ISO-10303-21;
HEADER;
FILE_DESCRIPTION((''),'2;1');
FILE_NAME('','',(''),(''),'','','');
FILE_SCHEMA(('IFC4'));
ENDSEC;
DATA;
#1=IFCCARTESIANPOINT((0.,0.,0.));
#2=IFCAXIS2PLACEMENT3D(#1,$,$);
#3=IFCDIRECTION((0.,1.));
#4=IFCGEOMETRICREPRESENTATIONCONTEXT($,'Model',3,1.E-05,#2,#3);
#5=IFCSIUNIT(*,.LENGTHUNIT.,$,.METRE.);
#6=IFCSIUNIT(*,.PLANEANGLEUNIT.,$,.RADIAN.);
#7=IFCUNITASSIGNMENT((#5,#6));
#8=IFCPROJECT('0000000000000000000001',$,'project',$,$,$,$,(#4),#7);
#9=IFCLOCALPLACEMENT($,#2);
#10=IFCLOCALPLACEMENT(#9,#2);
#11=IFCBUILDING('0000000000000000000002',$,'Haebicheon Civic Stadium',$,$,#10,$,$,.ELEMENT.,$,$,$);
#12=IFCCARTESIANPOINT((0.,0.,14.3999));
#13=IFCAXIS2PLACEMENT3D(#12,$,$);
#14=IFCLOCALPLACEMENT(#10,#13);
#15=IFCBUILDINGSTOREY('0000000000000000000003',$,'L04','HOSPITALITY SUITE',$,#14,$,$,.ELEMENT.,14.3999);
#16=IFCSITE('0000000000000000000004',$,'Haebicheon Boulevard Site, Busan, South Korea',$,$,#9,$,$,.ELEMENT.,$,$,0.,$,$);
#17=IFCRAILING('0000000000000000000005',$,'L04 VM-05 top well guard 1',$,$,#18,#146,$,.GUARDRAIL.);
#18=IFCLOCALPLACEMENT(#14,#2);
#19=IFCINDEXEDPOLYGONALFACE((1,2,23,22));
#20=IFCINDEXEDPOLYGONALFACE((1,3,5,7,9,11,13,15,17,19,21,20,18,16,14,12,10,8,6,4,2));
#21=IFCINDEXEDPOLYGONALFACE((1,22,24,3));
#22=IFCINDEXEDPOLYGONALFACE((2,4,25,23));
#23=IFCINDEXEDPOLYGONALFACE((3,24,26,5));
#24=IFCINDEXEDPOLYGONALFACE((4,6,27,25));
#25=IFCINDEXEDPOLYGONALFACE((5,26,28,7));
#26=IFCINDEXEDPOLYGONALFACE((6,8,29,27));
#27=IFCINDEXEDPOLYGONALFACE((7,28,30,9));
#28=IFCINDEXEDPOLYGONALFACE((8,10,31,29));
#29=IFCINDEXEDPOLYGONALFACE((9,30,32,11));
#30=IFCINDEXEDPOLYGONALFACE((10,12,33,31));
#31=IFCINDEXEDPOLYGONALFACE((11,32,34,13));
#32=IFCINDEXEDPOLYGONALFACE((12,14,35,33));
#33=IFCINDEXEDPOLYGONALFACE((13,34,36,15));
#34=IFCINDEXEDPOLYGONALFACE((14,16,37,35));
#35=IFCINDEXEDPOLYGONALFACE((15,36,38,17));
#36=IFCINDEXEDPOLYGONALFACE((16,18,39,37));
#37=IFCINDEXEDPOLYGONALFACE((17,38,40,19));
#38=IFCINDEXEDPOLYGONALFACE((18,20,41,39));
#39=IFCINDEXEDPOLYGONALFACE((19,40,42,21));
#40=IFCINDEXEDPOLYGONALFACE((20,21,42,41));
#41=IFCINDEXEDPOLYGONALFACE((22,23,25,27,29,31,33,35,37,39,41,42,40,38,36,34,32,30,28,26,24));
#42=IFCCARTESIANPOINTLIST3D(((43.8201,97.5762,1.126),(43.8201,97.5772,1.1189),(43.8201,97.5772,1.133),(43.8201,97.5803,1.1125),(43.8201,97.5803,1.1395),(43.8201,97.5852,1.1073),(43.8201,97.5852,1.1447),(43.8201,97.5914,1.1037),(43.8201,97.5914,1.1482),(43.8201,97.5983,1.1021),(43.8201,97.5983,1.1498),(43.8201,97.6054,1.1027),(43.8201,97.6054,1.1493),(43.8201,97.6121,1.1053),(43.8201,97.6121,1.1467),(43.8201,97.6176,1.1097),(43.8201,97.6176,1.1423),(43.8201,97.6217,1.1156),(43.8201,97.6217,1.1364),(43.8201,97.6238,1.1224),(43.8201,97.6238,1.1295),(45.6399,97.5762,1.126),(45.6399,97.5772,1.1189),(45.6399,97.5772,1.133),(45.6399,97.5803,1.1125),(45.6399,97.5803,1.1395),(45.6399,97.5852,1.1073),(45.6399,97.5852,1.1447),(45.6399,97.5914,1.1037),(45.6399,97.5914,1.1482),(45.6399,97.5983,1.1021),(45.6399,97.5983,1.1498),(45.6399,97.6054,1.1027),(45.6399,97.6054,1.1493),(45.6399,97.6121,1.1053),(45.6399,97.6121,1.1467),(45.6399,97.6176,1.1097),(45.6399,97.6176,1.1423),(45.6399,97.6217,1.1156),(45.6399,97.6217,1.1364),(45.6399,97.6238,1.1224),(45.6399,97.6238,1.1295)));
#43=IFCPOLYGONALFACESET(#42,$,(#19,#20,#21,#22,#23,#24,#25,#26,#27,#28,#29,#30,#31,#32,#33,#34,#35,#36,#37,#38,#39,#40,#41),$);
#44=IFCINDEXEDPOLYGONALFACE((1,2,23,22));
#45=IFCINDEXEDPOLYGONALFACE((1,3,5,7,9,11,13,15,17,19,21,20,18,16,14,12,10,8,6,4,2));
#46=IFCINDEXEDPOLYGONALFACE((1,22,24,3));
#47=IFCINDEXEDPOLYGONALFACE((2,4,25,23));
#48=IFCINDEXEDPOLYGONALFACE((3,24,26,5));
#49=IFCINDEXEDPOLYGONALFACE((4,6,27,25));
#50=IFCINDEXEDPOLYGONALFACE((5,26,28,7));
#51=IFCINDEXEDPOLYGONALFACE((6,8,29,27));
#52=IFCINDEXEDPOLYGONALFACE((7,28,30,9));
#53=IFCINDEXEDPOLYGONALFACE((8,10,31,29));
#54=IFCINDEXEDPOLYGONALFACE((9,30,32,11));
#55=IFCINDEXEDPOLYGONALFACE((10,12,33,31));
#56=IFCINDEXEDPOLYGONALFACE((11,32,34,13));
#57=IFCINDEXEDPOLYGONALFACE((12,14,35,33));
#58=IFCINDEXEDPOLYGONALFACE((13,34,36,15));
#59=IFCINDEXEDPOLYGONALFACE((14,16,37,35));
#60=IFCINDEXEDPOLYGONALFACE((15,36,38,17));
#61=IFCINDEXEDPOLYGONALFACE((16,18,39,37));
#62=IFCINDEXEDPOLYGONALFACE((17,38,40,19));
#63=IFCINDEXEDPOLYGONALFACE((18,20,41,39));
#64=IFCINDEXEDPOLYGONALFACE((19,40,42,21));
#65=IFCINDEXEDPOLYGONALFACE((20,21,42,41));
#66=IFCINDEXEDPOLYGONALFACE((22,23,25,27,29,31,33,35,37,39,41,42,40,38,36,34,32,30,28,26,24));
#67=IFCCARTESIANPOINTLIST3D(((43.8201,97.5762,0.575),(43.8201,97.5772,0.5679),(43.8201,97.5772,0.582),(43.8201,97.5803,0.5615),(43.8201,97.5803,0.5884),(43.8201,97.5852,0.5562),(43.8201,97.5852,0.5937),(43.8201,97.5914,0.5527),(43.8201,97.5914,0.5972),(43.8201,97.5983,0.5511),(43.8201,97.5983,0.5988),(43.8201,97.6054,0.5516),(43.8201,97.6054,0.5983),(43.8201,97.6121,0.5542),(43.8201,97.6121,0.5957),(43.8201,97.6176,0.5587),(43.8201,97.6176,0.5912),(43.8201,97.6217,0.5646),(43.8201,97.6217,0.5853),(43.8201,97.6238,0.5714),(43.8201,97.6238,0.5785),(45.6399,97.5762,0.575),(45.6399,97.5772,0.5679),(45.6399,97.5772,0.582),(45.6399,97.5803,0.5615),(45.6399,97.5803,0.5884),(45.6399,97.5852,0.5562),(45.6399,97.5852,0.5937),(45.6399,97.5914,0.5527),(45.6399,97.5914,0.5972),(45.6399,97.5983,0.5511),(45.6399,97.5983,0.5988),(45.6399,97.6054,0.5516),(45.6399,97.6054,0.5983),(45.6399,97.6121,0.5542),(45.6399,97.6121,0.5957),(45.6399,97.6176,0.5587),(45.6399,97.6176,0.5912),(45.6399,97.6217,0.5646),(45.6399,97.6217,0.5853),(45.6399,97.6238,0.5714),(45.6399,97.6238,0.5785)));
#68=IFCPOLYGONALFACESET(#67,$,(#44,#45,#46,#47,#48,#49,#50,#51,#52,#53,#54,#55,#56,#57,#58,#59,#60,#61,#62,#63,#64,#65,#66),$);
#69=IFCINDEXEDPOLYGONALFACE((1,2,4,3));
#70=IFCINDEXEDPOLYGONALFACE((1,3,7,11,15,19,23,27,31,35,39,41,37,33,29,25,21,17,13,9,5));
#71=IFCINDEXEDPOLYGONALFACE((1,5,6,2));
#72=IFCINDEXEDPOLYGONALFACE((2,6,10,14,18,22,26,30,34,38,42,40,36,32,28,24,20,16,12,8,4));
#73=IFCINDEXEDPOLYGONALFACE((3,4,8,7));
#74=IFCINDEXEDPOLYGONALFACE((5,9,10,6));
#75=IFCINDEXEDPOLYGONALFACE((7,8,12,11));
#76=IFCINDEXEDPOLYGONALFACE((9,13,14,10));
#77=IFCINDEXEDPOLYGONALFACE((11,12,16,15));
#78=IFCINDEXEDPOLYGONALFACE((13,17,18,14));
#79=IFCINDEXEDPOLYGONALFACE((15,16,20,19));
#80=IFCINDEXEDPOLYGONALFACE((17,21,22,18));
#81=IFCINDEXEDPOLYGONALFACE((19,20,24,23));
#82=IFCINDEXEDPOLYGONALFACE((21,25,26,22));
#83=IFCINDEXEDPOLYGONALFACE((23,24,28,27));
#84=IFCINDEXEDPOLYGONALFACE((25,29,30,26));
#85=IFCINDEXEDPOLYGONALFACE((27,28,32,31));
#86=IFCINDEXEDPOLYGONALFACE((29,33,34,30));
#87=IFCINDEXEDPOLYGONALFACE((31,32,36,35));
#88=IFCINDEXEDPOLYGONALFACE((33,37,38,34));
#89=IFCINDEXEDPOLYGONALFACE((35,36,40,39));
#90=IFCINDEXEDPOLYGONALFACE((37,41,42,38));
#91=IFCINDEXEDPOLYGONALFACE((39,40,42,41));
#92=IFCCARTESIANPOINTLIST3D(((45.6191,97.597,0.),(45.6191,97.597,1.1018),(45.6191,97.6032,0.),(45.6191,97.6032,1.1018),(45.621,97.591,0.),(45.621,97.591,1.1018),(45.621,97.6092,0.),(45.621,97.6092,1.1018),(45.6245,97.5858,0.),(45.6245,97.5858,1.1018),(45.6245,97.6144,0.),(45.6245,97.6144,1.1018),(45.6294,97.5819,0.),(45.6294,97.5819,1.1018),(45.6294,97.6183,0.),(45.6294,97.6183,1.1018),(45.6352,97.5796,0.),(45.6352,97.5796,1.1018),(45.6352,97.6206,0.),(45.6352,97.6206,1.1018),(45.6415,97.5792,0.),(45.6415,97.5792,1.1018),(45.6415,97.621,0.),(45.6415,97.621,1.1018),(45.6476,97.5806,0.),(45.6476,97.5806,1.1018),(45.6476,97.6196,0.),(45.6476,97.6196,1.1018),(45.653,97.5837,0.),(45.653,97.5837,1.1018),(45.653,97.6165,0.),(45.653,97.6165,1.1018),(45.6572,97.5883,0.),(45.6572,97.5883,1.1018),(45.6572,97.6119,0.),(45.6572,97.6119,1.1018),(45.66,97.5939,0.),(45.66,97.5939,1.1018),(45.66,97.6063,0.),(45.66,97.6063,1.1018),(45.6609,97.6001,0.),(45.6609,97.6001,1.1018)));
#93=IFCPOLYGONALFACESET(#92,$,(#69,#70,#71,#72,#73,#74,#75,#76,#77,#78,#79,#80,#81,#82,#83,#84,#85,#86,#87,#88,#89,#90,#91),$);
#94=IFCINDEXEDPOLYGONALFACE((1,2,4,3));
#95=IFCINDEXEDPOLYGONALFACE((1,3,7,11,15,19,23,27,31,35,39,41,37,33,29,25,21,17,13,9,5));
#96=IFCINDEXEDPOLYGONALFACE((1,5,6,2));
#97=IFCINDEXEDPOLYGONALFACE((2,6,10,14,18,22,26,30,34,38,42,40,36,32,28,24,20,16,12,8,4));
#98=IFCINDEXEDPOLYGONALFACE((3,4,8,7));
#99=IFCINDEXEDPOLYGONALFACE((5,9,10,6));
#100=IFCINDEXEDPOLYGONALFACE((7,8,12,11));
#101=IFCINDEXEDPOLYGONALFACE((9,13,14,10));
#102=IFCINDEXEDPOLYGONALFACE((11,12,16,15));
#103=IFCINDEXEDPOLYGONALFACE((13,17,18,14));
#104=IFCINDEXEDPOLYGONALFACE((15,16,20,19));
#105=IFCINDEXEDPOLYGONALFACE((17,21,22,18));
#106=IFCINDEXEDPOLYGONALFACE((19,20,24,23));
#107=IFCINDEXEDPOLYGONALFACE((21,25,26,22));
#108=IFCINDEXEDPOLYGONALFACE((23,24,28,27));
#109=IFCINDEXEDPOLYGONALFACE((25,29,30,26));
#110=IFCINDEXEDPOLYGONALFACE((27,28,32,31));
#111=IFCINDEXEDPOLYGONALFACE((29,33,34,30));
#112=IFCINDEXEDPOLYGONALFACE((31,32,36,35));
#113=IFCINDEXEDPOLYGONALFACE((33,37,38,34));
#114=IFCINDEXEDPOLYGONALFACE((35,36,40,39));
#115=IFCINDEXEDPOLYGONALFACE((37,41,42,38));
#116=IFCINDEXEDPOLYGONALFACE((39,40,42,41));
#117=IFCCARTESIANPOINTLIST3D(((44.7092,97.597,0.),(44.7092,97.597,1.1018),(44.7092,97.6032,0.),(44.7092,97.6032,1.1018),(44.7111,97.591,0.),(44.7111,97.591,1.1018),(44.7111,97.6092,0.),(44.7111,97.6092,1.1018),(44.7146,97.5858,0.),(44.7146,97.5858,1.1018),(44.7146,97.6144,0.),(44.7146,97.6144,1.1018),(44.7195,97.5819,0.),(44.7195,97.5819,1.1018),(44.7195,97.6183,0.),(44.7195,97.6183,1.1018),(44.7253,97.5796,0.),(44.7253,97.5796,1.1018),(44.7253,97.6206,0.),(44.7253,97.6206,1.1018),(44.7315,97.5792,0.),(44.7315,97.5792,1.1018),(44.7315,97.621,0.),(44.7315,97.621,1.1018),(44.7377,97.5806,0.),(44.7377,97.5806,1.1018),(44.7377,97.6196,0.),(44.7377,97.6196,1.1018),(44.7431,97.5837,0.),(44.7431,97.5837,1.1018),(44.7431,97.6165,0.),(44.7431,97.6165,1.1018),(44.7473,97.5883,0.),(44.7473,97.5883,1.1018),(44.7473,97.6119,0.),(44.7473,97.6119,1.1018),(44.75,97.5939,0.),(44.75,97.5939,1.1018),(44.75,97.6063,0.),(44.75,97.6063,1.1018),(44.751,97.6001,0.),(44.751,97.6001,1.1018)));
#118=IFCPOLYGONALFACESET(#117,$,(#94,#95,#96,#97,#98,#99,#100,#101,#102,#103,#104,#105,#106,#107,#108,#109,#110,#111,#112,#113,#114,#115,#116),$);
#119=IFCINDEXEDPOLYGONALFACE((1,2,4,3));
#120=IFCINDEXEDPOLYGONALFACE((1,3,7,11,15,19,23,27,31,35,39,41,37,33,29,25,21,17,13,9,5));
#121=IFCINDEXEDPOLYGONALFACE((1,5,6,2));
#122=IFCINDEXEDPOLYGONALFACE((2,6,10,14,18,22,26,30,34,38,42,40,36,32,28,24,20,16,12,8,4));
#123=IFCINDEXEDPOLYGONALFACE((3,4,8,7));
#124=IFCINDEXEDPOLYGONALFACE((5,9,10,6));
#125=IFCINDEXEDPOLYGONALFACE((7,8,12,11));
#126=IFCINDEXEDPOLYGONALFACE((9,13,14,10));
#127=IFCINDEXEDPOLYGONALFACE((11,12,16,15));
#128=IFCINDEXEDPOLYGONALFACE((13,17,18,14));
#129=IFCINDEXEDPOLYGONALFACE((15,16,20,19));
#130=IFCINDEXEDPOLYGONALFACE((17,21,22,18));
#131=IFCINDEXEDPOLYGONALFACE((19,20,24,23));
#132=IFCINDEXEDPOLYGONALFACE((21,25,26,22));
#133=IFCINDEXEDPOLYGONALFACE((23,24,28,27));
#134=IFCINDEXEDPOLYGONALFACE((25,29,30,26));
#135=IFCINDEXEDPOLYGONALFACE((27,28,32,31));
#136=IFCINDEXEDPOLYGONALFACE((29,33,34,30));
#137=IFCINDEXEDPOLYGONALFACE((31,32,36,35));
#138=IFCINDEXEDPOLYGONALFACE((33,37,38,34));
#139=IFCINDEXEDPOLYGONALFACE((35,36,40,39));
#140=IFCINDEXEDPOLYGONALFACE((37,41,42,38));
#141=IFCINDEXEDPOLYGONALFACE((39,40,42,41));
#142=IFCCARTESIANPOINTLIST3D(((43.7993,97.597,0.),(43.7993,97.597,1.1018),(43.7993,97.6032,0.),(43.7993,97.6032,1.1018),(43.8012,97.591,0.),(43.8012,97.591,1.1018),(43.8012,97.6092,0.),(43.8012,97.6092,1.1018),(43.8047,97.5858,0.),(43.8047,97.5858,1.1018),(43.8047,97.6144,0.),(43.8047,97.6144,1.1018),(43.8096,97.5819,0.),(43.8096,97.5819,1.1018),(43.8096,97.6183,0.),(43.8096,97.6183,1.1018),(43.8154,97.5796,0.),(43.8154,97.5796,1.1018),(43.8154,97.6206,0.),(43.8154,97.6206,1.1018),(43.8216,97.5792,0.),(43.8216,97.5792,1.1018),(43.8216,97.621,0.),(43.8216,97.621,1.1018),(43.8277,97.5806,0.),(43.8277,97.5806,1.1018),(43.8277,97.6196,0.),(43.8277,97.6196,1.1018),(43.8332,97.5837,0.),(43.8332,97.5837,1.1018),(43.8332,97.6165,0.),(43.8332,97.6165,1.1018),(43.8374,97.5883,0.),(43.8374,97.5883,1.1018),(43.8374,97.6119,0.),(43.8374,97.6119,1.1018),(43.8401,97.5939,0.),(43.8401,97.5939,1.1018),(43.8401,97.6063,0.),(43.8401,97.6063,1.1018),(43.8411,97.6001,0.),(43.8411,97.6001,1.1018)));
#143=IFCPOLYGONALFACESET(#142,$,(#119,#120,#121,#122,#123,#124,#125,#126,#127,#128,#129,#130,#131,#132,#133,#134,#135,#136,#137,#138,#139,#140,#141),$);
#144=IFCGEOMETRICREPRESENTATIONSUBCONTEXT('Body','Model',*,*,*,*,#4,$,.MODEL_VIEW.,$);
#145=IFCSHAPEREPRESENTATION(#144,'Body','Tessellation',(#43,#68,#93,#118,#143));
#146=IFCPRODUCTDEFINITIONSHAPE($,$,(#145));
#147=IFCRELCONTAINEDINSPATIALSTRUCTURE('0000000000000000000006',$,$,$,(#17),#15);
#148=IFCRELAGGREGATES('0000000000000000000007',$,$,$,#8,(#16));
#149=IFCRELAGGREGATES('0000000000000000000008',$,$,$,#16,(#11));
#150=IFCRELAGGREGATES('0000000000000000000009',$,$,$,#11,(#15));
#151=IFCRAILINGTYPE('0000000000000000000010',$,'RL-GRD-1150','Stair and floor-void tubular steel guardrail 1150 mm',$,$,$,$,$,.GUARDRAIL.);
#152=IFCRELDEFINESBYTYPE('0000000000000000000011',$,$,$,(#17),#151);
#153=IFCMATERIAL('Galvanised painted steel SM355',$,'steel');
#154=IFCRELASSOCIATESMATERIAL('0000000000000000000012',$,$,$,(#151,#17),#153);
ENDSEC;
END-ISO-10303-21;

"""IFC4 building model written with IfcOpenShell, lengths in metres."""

from ifc_helpers import new_model, si_unit, direction, frame, origin, origin_2d, place, context, subcontext, project, spatial, circle, extrude, material, type_object, element, save


model = new_model("IFC4")

# Units and contexts
model_context = context("Model", 3, precision=1e-05, world=origin(), true_north=direction((0.0, 1.0)))
body_context = subcontext(model_context, "Body", "Model", "MODEL_VIEW")
ifc_project = project(units=[si_unit("LENGTHUNIT", "METRE"), si_unit("PLANEANGLEUNIT", "RADIAN")], contexts=[model_context])

# Site, building, storey
site_placement = place(None, origin())
site = spatial("IfcSite", under=ifc_project, at=site_placement, Name="Haebicheon Boulevard Site, Busan, South Korea", CompositionType="ELEMENT", RefElevation=0.0)
building_placement = place(site_placement, origin())
building = spatial("IfcBuilding", under=site, at=building_placement, Name="Haebicheon Civic Stadium", CompositionType="ELEMENT")
storey_placement = place(building_placement, frame((0.0, 0.0, 14.3999)))
storey = spatial("IfcBuildingStorey", under=building, at=storey_placement, Name="L04", Description="HOSPITALITY SUITE", CompositionType="ELEMENT", Elevation=14.3999)

# Railing
ifc_material_1 = material(Name="Galvanised painted steel SM355", Category="steel")
railing_type_1 = type_object("IfcRailingType", Name="RL-GRD-1150", Description="Stair and floor-void tubular steel guardrail 1150 mm", PredefinedType="GUARDRAIL", material=ifc_material_1)
railing_1_placement = place(storey_placement, frame((45.6399, 97.6001, 0.0)))
element("IfcRailing", 1, at=railing_1_placement, inside=storey, type_object=railing_type_1, material=ifc_material_1, Name="L04 VM-05 top well guard 1", PredefinedType="GUARDRAIL", context=body_context, shape_type="SweptSolid", body=[
    extrude(circle(Radius=0.0239, at=origin_2d()), frame((0.0, 0.0, 1.126), z_axis=(-1.0, 0.0, 0.0), x_axis=(0.0, -1.0, 0.0)), (0.0, 0.0, 1.0), 1.8198),
    extrude(circle(Radius=0.0239, at=origin_2d()), frame((0.0, 0.0, 0.575), z_axis=(-1.0, 0.0, 0.0), x_axis=(0.0, -1.0, 0.0)), (0.0, 0.0, 1.0), 1.8198),
    extrude(circle(Radius=0.021, at=origin_2d()), origin(), (0.0, 0.0, 1.0), 1.1018),
    extrude(circle(Radius=0.021, at=origin_2d()), frame((-0.9099, 0.0, 0.0)), (0.0, 0.0, 1.0), 1.1018),
    extrude(circle(Radius=0.021, at=origin_2d()), frame((-1.8198, 0.0, 0.0)), (0.0, 0.0, 1.0), 1.1018),
])

save(model, "model.ifc")
